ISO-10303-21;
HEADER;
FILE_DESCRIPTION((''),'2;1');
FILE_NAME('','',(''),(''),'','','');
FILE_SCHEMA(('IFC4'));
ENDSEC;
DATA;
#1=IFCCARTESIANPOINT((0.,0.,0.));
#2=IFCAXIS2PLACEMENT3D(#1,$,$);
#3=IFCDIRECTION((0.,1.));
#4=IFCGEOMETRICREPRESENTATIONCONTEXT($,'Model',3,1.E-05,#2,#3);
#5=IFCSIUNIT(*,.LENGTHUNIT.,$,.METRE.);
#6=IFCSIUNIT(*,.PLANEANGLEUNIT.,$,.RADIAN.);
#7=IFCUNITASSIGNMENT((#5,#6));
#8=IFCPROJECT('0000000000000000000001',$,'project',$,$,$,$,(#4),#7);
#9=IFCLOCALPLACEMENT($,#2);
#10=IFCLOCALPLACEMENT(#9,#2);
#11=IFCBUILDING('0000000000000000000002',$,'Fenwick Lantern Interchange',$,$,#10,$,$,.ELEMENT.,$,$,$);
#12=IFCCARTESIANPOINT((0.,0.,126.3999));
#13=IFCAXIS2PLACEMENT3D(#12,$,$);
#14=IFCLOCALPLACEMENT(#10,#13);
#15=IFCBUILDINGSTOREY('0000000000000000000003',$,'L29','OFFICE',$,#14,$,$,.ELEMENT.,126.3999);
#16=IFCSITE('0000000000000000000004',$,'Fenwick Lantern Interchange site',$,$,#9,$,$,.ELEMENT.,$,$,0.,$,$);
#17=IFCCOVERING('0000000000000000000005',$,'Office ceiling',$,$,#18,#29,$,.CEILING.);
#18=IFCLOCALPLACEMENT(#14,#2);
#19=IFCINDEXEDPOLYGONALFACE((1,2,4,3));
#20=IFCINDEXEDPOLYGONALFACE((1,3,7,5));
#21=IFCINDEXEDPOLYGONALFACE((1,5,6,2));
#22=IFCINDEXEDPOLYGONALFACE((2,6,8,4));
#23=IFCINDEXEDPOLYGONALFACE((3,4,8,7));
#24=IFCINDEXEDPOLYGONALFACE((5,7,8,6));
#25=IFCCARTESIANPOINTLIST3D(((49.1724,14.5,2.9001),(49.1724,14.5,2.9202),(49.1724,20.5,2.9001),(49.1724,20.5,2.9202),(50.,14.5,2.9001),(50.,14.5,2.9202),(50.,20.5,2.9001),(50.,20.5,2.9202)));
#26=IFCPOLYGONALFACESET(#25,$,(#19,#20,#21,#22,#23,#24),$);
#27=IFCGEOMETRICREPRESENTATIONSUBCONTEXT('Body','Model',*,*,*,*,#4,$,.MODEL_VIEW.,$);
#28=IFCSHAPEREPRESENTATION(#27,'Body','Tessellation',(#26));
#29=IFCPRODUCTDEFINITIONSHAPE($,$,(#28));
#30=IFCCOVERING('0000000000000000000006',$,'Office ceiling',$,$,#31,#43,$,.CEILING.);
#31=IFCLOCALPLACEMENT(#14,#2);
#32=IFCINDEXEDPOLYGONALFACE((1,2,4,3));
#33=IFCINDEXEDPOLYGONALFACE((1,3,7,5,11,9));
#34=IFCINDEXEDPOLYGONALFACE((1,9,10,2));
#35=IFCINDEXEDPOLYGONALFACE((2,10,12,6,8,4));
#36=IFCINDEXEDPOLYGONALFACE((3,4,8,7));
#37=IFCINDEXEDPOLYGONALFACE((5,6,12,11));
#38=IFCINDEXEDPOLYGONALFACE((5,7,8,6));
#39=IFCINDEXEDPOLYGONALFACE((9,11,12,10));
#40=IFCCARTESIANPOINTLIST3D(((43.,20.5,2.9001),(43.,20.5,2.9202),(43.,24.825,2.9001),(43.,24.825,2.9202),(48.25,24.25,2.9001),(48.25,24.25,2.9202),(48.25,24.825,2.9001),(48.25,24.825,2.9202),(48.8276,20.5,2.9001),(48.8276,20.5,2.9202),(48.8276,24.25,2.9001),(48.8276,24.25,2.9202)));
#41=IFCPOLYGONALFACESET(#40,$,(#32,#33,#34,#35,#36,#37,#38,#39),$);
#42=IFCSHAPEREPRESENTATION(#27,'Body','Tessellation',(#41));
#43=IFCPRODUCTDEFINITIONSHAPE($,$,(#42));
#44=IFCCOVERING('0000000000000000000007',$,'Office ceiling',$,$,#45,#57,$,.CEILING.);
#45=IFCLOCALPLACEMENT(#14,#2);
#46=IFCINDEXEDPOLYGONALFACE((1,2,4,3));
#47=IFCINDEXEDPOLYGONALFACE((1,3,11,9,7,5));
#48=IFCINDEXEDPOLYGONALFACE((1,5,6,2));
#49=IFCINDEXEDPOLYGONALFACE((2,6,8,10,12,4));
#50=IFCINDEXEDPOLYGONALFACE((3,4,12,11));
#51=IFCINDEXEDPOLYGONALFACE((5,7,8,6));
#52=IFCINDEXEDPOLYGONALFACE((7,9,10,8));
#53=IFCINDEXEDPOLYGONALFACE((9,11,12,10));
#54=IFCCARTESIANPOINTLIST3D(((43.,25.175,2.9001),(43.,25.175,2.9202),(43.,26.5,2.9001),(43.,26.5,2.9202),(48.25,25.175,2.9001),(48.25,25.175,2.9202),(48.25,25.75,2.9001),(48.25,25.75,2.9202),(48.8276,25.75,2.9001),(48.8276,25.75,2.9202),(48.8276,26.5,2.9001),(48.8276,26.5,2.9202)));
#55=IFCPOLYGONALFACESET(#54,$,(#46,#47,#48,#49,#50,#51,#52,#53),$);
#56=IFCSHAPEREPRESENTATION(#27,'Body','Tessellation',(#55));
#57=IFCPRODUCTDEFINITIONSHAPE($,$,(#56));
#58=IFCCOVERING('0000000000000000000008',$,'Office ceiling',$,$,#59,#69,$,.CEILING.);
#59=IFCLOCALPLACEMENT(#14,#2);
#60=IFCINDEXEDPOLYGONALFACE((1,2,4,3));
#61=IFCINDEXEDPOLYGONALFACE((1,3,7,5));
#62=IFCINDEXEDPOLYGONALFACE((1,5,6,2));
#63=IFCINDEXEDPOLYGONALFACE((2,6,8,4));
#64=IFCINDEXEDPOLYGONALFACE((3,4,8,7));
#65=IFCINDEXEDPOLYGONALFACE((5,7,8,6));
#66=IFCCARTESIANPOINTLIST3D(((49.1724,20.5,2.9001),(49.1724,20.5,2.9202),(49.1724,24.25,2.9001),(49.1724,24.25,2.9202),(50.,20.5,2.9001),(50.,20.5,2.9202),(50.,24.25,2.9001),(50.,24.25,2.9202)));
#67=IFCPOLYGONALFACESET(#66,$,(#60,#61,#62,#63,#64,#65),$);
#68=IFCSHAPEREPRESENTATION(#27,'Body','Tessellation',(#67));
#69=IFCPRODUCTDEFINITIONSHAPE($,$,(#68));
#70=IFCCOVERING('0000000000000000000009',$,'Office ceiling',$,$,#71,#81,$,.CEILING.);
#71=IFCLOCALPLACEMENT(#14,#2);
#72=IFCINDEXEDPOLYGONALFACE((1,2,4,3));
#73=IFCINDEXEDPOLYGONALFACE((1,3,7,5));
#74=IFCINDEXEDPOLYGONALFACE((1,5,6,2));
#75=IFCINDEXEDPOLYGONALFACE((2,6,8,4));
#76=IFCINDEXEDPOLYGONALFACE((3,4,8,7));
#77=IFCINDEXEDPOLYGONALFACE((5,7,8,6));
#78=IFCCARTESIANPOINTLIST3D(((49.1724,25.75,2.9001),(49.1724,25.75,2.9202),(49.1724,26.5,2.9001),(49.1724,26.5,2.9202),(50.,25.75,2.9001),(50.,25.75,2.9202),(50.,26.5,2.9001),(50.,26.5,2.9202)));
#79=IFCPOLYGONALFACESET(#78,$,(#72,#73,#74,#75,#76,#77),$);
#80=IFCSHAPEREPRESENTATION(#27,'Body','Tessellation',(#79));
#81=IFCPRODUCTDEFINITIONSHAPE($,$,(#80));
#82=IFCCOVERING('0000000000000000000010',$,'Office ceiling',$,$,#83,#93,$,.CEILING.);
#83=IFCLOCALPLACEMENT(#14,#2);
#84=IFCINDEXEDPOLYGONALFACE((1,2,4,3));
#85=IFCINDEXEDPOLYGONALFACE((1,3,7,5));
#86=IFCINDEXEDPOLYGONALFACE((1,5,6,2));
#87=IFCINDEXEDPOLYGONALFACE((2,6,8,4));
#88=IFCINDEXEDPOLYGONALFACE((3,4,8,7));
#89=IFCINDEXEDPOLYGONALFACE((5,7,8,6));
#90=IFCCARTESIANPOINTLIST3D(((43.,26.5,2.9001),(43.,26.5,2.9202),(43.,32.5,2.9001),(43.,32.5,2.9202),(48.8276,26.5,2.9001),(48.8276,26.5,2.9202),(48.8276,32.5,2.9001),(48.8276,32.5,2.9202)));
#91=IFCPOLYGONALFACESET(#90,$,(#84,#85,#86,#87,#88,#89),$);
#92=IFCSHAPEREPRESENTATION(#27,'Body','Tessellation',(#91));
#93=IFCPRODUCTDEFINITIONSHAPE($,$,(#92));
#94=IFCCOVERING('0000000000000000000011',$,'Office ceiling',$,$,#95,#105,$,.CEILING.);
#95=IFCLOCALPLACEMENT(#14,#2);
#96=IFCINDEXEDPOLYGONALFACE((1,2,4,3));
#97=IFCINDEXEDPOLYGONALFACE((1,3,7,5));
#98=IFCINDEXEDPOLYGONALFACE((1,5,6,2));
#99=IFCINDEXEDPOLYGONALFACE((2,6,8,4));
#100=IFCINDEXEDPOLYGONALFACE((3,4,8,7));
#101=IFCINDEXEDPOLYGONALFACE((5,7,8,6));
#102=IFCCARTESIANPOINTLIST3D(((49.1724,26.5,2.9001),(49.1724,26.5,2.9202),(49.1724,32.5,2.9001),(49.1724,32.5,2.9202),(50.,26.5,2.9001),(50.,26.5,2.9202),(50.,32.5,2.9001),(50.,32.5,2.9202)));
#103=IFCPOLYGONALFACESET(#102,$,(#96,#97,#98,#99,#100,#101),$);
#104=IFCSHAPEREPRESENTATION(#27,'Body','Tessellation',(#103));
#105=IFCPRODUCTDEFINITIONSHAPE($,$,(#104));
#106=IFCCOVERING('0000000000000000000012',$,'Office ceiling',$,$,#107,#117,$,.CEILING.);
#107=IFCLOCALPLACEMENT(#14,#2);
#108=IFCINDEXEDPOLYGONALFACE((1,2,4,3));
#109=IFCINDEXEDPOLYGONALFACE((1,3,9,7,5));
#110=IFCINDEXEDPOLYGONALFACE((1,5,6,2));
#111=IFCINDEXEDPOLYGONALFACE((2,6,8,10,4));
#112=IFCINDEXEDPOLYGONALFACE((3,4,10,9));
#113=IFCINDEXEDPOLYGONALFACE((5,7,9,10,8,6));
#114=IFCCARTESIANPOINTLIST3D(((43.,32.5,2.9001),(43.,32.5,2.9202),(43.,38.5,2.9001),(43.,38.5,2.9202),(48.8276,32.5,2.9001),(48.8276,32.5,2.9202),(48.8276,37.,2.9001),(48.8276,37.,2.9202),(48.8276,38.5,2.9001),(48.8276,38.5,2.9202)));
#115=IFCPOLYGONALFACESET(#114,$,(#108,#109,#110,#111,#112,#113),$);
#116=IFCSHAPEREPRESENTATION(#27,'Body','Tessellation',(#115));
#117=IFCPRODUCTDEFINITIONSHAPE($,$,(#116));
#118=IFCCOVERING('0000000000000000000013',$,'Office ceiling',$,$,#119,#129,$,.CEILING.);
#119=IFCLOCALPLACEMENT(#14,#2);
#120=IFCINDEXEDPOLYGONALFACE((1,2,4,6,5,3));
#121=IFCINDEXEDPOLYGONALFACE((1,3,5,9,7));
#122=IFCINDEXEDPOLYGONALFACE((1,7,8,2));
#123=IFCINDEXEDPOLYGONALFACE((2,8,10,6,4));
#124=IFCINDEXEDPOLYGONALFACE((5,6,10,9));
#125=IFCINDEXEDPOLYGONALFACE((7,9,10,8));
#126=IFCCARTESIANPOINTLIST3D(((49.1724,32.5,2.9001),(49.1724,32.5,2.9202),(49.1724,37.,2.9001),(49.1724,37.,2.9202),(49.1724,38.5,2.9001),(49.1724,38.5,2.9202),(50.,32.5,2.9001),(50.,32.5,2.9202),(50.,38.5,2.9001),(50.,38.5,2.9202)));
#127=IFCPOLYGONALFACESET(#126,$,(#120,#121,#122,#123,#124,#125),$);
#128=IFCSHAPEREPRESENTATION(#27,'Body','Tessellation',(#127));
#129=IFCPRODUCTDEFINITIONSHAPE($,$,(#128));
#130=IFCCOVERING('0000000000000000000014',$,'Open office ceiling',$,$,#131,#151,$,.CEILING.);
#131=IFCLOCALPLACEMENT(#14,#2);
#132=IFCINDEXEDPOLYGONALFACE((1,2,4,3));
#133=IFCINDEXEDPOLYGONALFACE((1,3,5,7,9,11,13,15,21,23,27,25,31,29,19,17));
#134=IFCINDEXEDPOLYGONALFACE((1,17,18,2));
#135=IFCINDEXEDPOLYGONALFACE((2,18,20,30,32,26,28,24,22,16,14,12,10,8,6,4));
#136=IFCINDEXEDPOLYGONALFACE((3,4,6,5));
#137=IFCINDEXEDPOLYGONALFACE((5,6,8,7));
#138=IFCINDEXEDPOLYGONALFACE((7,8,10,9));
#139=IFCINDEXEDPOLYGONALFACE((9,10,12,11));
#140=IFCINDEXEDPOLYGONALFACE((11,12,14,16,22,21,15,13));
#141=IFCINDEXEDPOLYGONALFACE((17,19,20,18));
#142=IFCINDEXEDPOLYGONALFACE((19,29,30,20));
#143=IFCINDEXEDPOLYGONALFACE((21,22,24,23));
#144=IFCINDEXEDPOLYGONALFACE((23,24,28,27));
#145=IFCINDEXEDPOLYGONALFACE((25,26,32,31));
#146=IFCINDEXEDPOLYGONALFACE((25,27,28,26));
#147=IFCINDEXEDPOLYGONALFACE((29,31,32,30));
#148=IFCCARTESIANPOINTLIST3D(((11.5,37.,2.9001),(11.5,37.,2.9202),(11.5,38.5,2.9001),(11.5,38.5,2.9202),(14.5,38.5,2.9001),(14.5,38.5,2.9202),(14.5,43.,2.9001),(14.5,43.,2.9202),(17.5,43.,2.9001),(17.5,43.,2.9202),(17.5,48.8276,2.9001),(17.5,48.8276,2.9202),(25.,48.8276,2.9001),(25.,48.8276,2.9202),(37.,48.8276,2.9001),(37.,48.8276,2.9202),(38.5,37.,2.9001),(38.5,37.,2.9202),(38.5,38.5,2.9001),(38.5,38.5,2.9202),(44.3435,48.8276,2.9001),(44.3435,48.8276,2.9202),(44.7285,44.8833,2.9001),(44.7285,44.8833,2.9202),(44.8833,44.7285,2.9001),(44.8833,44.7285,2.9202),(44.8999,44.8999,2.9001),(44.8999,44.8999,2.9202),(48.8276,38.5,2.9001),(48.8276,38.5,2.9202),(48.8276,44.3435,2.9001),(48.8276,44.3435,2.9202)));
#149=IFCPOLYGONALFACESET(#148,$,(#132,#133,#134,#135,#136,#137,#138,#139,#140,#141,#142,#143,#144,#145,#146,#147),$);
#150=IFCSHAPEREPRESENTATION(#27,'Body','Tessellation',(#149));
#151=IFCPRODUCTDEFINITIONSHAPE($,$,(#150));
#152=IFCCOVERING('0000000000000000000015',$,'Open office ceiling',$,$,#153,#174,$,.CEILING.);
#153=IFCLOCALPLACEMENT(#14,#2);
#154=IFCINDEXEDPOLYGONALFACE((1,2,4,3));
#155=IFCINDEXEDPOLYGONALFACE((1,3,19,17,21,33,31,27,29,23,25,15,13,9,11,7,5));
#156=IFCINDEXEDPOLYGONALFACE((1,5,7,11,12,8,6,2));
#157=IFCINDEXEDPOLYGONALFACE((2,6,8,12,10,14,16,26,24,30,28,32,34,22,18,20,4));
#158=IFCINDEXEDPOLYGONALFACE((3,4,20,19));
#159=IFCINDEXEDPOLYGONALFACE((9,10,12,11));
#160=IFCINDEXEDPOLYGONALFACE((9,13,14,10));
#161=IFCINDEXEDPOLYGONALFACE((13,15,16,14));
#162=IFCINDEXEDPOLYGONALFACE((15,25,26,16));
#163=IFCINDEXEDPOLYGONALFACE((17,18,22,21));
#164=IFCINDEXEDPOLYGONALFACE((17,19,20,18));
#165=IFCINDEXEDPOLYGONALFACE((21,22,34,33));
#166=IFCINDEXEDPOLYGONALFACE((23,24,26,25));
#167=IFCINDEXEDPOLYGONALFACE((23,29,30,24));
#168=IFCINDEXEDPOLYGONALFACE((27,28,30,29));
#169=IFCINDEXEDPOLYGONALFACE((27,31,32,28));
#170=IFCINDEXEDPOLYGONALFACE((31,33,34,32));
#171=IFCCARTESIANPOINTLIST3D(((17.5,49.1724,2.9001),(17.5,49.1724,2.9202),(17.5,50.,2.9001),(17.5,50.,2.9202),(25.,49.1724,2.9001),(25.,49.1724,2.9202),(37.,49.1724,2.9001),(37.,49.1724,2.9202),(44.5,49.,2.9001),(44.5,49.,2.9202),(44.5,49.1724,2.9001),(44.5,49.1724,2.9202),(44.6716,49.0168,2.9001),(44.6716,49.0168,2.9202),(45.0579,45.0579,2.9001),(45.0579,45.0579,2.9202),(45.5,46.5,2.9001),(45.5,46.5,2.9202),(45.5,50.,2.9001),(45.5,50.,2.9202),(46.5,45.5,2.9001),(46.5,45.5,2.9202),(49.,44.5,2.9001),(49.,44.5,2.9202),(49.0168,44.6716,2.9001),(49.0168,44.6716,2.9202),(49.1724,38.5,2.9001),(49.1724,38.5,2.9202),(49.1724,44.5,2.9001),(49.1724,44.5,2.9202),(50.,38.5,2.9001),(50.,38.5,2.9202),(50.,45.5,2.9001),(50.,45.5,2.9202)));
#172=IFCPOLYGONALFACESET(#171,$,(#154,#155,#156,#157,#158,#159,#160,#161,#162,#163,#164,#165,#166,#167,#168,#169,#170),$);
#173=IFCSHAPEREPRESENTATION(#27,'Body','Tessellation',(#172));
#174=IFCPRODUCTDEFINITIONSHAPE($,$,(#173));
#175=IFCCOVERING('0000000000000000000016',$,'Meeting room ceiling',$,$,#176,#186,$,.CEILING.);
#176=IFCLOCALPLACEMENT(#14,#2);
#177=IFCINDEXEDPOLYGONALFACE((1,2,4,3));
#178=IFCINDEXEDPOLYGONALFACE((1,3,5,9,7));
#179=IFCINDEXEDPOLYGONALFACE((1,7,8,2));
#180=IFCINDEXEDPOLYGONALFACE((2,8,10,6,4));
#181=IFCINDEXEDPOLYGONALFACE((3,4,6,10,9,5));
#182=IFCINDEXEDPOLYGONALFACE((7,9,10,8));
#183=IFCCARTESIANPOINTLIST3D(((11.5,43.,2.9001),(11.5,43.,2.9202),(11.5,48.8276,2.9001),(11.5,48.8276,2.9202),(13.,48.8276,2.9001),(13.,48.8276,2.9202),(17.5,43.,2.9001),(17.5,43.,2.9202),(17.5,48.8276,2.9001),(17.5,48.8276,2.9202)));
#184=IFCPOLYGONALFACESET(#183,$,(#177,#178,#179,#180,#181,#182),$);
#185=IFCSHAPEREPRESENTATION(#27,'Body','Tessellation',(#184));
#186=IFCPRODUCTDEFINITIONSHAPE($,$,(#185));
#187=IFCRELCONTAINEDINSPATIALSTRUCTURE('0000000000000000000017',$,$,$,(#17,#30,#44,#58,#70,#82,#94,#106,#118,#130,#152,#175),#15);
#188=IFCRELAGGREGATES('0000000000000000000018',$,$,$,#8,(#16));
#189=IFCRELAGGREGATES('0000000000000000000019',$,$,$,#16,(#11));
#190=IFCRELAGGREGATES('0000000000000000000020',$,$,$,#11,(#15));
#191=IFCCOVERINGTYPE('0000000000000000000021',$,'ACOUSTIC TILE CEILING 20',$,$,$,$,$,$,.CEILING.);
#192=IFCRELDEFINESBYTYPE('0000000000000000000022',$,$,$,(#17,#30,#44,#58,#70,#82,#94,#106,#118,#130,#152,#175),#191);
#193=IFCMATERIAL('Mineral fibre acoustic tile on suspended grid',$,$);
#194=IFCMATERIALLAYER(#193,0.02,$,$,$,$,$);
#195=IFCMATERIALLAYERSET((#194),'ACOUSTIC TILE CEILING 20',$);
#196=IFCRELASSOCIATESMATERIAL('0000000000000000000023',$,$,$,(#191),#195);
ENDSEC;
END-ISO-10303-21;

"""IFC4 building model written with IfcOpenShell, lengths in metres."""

from ifc_helpers import new_model, si_unit, direction, frame, origin, place, context, subcontext, project, spatial, polyline, outline, extrude, material, layer, layer_set, type_object, element, save


model = new_model("IFC4")

# Units and contexts
model_context = context("Model", 3, precision=1e-05, world=origin(), true_north=direction((0.0, 1.0)))
body_context = subcontext(model_context, "Body", "Model", "MODEL_VIEW")
ifc_project = project(units=[si_unit("LENGTHUNIT", "METRE"), si_unit("PLANEANGLEUNIT", "RADIAN")], contexts=[model_context])

# Site, building, storey
site_placement = place(None, origin())
site = spatial("IfcSite", under=ifc_project, at=site_placement, Name="Fenwick Lantern Interchange site", CompositionType="ELEMENT", RefElevation=0.0)
building_placement = place(site_placement, origin())
building = spatial("IfcBuilding", under=site, at=building_placement, Name="Fenwick Lantern Interchange", CompositionType="ELEMENT")
storey_placement = place(building_placement, frame((0.0, 0.0, 126.3999)))
storey = spatial("IfcBuildingStorey", under=building, at=storey_placement, Name="L29", Description="OFFICE", CompositionType="ELEMENT", Elevation=126.3999)

# Coverings
ifc_material = material(Name="Mineral fibre acoustic tile on suspended grid")
ifc_layer = layer(ifc_material, 0.02)
ifc_layer_set = layer_set([ifc_layer], Name="ACOUSTIC TILE CEILING 20")
covering_type = type_object("IfcCoveringType", Name="ACOUSTIC TILE CEILING 20", PredefinedType="CEILING", material=ifc_layer_set)
covering_1_placement = place(storey_placement, frame((0.0, 0.0, 2.9001)))
element("IfcCovering", 1, at=covering_1_placement, inside=storey, type_object=covering_type, Name="Office ceiling", PredefinedType="CEILING", context=body_context, shape_type="SweptSolid", body=[
    extrude(outline(polyline([(50.0, 20.5), (49.1724, 20.5), (49.1724, 14.5), (50.0, 14.5), (50.0, 20.5)])), origin(), (0.0, 0.0, 1.0), 0.02),
])
covering_2_placement = place(storey_placement, frame((0.0, 0.0, 2.9001)))
element("IfcCovering", 2, at=covering_2_placement, inside=storey, type_object=covering_type, Name="Office ceiling", PredefinedType="CEILING", context=body_context, shape_type="SweptSolid", body=[
    extrude(outline(polyline([(43.0, 20.5), (48.8276, 20.5), (48.8276, 24.25), (48.25, 24.25), (48.25, 24.825), (43.0, 24.825), (43.0, 20.5)])), origin(), (0.0, 0.0, 1.0), 0.02),
])
covering_3_placement = place(storey_placement, frame((0.0, 0.0, 2.9001)))
element("IfcCovering", 3, at=covering_3_placement, inside=storey, type_object=covering_type, Name="Office ceiling", PredefinedType="CEILING", context=body_context, shape_type="SweptSolid", body=[
    extrude(outline(polyline([(43.0, 26.5), (43.0, 25.175), (48.25, 25.175), (48.25, 25.75), (48.8276, 25.75), (48.8276, 26.5), (43.0, 26.5)])), origin(), (0.0, 0.0, 1.0), 0.02),
])
covering_4_placement = place(storey_placement, frame((0.0, 0.0, 2.9001)))
element("IfcCovering", 4, at=covering_4_placement, inside=storey, type_object=covering_type, Name="Office ceiling", PredefinedType="CEILING", context=body_context, shape_type="SweptSolid", body=[
    extrude(outline(polyline([(49.1724, 20.5), (50.0, 20.5), (50.0, 24.25), (49.1724, 24.25), (49.1724, 20.5)])), origin(), (0.0, 0.0, 1.0), 0.02),
])
covering_5_placement = place(storey_placement, frame((0.0, 0.0, 2.9001)))
element("IfcCovering", 5, at=covering_5_placement, inside=storey, type_object=covering_type, Name="Office ceiling", PredefinedType="CEILING", context=body_context, shape_type="SweptSolid", body=[
    extrude(outline(polyline([(50.0, 26.5), (49.1724, 26.5), (49.1724, 25.75), (50.0, 25.75), (50.0, 26.5)])), origin(), (0.0, 0.0, 1.0), 0.02),
])
covering_6_placement = place(storey_placement, frame((0.0, 0.0, 2.9001)))
element("IfcCovering", 6, at=covering_6_placement, inside=storey, type_object=covering_type, Name="Office ceiling", PredefinedType="CEILING", context=body_context, shape_type="SweptSolid", body=[
    extrude(outline(polyline([(43.0, 26.5), (48.8276, 26.5), (48.8276, 32.5), (43.0, 32.5), (43.0, 26.5)])), origin(), (0.0, 0.0, 1.0), 0.02),
])
covering_7_placement = place(storey_placement, frame((0.0, 0.0, 2.9001)))
element("IfcCovering", 7, at=covering_7_placement, inside=storey, type_object=covering_type, Name="Office ceiling", PredefinedType="CEILING", context=body_context, shape_type="SweptSolid", body=[
    extrude(outline(polyline([(50.0, 32.5), (49.1724, 32.5), (49.1724, 26.5), (50.0, 26.5), (50.0, 32.5)])), origin(), (0.0, 0.0, 1.0), 0.02),
])
covering_8_placement = place(storey_placement, frame((0.0, 0.0, 2.9001)))
element("IfcCovering", 8, at=covering_8_placement, inside=storey, type_object=covering_type, Name="Office ceiling", PredefinedType="CEILING", context=body_context, shape_type="SweptSolid", body=[
    extrude(outline(polyline([(43.0, 32.5), (48.8276, 32.5), (48.8276, 37.0), (48.8276, 38.5), (43.0, 38.5), (43.0, 32.5)])), origin(), (0.0, 0.0, 1.0), 0.02),
])
covering_9_placement = place(storey_placement, frame((0.0, 0.0, 2.9001)))
element("IfcCovering", 9, at=covering_9_placement, inside=storey, type_object=covering_type, Name="Office ceiling", PredefinedType="CEILING", context=body_context, shape_type="SweptSolid", body=[
    extrude(outline(polyline([(50.0, 38.5), (49.1724, 38.5), (49.1724, 37.0), (49.1724, 32.5), (50.0, 32.5), (50.0, 38.5)])), origin(), (0.0, 0.0, 1.0), 0.02),
])
covering_10_placement = place(storey_placement, frame((0.0, 0.0, 2.9001)))
element("IfcCovering", 10, at=covering_10_placement, inside=storey, type_object=covering_type, Name="Open office ceiling", PredefinedType="CEILING", context=body_context, shape_type="SweptSolid", body=[
    extrude(outline(polyline([(38.5, 38.5), (48.8276, 38.5), (48.8276, 44.3435), (44.8833, 44.7285), (44.8999, 44.8999), (44.7285, 44.8833), (44.3435, 48.8276), (37.0, 48.8276), (25.0, 48.8276), (17.5, 48.8276), (17.5, 43.0), (14.5, 43.0), (14.5, 38.5), (11.5, 38.5), (11.5, 37.0), (38.5, 37.0), (38.5, 38.5)])), origin(), (0.0, 0.0, 1.0), 0.02),
])
covering_11_placement = place(storey_placement, frame((0.0, 0.0, 2.9001)))
element("IfcCovering", 11, at=covering_11_placement, inside=storey, type_object=covering_type, Name="Open office ceiling", PredefinedType="CEILING", context=body_context, shape_type="SweptSolid", body=[
    extrude(outline(polyline([(45.5, 46.5), (45.5, 50.0), (17.5, 50.0), (17.5, 49.1724), (25.0, 49.1724), (37.0, 49.1724), (44.5, 49.1724), (44.5, 49.0), (44.6716, 49.0168), (45.0579, 45.0579), (49.0168, 44.6716), (49.0, 44.5), (49.1724, 44.5), (49.1724, 38.5), (50.0, 38.5), (50.0, 45.5), (46.5, 45.5), (45.5, 46.5)])), origin(), (0.0, 0.0, 1.0), 0.02),
])
covering_12_placement = place(storey_placement, frame((0.0, 0.0, 2.9001)))
element("IfcCovering", 12, at=covering_12_placement, inside=storey, type_object=covering_type, Name="Meeting room ceiling", PredefinedType="CEILING", context=body_context, shape_type="SweptSolid", body=[
    extrude(outline(polyline([(17.5, 43.0), (17.5, 48.8276), (13.0, 48.8276), (11.5, 48.8276), (11.5, 43.0), (17.5, 43.0)])), origin(), (0.0, 0.0, 1.0), 0.02),
])

save(model, "model.ifc")
